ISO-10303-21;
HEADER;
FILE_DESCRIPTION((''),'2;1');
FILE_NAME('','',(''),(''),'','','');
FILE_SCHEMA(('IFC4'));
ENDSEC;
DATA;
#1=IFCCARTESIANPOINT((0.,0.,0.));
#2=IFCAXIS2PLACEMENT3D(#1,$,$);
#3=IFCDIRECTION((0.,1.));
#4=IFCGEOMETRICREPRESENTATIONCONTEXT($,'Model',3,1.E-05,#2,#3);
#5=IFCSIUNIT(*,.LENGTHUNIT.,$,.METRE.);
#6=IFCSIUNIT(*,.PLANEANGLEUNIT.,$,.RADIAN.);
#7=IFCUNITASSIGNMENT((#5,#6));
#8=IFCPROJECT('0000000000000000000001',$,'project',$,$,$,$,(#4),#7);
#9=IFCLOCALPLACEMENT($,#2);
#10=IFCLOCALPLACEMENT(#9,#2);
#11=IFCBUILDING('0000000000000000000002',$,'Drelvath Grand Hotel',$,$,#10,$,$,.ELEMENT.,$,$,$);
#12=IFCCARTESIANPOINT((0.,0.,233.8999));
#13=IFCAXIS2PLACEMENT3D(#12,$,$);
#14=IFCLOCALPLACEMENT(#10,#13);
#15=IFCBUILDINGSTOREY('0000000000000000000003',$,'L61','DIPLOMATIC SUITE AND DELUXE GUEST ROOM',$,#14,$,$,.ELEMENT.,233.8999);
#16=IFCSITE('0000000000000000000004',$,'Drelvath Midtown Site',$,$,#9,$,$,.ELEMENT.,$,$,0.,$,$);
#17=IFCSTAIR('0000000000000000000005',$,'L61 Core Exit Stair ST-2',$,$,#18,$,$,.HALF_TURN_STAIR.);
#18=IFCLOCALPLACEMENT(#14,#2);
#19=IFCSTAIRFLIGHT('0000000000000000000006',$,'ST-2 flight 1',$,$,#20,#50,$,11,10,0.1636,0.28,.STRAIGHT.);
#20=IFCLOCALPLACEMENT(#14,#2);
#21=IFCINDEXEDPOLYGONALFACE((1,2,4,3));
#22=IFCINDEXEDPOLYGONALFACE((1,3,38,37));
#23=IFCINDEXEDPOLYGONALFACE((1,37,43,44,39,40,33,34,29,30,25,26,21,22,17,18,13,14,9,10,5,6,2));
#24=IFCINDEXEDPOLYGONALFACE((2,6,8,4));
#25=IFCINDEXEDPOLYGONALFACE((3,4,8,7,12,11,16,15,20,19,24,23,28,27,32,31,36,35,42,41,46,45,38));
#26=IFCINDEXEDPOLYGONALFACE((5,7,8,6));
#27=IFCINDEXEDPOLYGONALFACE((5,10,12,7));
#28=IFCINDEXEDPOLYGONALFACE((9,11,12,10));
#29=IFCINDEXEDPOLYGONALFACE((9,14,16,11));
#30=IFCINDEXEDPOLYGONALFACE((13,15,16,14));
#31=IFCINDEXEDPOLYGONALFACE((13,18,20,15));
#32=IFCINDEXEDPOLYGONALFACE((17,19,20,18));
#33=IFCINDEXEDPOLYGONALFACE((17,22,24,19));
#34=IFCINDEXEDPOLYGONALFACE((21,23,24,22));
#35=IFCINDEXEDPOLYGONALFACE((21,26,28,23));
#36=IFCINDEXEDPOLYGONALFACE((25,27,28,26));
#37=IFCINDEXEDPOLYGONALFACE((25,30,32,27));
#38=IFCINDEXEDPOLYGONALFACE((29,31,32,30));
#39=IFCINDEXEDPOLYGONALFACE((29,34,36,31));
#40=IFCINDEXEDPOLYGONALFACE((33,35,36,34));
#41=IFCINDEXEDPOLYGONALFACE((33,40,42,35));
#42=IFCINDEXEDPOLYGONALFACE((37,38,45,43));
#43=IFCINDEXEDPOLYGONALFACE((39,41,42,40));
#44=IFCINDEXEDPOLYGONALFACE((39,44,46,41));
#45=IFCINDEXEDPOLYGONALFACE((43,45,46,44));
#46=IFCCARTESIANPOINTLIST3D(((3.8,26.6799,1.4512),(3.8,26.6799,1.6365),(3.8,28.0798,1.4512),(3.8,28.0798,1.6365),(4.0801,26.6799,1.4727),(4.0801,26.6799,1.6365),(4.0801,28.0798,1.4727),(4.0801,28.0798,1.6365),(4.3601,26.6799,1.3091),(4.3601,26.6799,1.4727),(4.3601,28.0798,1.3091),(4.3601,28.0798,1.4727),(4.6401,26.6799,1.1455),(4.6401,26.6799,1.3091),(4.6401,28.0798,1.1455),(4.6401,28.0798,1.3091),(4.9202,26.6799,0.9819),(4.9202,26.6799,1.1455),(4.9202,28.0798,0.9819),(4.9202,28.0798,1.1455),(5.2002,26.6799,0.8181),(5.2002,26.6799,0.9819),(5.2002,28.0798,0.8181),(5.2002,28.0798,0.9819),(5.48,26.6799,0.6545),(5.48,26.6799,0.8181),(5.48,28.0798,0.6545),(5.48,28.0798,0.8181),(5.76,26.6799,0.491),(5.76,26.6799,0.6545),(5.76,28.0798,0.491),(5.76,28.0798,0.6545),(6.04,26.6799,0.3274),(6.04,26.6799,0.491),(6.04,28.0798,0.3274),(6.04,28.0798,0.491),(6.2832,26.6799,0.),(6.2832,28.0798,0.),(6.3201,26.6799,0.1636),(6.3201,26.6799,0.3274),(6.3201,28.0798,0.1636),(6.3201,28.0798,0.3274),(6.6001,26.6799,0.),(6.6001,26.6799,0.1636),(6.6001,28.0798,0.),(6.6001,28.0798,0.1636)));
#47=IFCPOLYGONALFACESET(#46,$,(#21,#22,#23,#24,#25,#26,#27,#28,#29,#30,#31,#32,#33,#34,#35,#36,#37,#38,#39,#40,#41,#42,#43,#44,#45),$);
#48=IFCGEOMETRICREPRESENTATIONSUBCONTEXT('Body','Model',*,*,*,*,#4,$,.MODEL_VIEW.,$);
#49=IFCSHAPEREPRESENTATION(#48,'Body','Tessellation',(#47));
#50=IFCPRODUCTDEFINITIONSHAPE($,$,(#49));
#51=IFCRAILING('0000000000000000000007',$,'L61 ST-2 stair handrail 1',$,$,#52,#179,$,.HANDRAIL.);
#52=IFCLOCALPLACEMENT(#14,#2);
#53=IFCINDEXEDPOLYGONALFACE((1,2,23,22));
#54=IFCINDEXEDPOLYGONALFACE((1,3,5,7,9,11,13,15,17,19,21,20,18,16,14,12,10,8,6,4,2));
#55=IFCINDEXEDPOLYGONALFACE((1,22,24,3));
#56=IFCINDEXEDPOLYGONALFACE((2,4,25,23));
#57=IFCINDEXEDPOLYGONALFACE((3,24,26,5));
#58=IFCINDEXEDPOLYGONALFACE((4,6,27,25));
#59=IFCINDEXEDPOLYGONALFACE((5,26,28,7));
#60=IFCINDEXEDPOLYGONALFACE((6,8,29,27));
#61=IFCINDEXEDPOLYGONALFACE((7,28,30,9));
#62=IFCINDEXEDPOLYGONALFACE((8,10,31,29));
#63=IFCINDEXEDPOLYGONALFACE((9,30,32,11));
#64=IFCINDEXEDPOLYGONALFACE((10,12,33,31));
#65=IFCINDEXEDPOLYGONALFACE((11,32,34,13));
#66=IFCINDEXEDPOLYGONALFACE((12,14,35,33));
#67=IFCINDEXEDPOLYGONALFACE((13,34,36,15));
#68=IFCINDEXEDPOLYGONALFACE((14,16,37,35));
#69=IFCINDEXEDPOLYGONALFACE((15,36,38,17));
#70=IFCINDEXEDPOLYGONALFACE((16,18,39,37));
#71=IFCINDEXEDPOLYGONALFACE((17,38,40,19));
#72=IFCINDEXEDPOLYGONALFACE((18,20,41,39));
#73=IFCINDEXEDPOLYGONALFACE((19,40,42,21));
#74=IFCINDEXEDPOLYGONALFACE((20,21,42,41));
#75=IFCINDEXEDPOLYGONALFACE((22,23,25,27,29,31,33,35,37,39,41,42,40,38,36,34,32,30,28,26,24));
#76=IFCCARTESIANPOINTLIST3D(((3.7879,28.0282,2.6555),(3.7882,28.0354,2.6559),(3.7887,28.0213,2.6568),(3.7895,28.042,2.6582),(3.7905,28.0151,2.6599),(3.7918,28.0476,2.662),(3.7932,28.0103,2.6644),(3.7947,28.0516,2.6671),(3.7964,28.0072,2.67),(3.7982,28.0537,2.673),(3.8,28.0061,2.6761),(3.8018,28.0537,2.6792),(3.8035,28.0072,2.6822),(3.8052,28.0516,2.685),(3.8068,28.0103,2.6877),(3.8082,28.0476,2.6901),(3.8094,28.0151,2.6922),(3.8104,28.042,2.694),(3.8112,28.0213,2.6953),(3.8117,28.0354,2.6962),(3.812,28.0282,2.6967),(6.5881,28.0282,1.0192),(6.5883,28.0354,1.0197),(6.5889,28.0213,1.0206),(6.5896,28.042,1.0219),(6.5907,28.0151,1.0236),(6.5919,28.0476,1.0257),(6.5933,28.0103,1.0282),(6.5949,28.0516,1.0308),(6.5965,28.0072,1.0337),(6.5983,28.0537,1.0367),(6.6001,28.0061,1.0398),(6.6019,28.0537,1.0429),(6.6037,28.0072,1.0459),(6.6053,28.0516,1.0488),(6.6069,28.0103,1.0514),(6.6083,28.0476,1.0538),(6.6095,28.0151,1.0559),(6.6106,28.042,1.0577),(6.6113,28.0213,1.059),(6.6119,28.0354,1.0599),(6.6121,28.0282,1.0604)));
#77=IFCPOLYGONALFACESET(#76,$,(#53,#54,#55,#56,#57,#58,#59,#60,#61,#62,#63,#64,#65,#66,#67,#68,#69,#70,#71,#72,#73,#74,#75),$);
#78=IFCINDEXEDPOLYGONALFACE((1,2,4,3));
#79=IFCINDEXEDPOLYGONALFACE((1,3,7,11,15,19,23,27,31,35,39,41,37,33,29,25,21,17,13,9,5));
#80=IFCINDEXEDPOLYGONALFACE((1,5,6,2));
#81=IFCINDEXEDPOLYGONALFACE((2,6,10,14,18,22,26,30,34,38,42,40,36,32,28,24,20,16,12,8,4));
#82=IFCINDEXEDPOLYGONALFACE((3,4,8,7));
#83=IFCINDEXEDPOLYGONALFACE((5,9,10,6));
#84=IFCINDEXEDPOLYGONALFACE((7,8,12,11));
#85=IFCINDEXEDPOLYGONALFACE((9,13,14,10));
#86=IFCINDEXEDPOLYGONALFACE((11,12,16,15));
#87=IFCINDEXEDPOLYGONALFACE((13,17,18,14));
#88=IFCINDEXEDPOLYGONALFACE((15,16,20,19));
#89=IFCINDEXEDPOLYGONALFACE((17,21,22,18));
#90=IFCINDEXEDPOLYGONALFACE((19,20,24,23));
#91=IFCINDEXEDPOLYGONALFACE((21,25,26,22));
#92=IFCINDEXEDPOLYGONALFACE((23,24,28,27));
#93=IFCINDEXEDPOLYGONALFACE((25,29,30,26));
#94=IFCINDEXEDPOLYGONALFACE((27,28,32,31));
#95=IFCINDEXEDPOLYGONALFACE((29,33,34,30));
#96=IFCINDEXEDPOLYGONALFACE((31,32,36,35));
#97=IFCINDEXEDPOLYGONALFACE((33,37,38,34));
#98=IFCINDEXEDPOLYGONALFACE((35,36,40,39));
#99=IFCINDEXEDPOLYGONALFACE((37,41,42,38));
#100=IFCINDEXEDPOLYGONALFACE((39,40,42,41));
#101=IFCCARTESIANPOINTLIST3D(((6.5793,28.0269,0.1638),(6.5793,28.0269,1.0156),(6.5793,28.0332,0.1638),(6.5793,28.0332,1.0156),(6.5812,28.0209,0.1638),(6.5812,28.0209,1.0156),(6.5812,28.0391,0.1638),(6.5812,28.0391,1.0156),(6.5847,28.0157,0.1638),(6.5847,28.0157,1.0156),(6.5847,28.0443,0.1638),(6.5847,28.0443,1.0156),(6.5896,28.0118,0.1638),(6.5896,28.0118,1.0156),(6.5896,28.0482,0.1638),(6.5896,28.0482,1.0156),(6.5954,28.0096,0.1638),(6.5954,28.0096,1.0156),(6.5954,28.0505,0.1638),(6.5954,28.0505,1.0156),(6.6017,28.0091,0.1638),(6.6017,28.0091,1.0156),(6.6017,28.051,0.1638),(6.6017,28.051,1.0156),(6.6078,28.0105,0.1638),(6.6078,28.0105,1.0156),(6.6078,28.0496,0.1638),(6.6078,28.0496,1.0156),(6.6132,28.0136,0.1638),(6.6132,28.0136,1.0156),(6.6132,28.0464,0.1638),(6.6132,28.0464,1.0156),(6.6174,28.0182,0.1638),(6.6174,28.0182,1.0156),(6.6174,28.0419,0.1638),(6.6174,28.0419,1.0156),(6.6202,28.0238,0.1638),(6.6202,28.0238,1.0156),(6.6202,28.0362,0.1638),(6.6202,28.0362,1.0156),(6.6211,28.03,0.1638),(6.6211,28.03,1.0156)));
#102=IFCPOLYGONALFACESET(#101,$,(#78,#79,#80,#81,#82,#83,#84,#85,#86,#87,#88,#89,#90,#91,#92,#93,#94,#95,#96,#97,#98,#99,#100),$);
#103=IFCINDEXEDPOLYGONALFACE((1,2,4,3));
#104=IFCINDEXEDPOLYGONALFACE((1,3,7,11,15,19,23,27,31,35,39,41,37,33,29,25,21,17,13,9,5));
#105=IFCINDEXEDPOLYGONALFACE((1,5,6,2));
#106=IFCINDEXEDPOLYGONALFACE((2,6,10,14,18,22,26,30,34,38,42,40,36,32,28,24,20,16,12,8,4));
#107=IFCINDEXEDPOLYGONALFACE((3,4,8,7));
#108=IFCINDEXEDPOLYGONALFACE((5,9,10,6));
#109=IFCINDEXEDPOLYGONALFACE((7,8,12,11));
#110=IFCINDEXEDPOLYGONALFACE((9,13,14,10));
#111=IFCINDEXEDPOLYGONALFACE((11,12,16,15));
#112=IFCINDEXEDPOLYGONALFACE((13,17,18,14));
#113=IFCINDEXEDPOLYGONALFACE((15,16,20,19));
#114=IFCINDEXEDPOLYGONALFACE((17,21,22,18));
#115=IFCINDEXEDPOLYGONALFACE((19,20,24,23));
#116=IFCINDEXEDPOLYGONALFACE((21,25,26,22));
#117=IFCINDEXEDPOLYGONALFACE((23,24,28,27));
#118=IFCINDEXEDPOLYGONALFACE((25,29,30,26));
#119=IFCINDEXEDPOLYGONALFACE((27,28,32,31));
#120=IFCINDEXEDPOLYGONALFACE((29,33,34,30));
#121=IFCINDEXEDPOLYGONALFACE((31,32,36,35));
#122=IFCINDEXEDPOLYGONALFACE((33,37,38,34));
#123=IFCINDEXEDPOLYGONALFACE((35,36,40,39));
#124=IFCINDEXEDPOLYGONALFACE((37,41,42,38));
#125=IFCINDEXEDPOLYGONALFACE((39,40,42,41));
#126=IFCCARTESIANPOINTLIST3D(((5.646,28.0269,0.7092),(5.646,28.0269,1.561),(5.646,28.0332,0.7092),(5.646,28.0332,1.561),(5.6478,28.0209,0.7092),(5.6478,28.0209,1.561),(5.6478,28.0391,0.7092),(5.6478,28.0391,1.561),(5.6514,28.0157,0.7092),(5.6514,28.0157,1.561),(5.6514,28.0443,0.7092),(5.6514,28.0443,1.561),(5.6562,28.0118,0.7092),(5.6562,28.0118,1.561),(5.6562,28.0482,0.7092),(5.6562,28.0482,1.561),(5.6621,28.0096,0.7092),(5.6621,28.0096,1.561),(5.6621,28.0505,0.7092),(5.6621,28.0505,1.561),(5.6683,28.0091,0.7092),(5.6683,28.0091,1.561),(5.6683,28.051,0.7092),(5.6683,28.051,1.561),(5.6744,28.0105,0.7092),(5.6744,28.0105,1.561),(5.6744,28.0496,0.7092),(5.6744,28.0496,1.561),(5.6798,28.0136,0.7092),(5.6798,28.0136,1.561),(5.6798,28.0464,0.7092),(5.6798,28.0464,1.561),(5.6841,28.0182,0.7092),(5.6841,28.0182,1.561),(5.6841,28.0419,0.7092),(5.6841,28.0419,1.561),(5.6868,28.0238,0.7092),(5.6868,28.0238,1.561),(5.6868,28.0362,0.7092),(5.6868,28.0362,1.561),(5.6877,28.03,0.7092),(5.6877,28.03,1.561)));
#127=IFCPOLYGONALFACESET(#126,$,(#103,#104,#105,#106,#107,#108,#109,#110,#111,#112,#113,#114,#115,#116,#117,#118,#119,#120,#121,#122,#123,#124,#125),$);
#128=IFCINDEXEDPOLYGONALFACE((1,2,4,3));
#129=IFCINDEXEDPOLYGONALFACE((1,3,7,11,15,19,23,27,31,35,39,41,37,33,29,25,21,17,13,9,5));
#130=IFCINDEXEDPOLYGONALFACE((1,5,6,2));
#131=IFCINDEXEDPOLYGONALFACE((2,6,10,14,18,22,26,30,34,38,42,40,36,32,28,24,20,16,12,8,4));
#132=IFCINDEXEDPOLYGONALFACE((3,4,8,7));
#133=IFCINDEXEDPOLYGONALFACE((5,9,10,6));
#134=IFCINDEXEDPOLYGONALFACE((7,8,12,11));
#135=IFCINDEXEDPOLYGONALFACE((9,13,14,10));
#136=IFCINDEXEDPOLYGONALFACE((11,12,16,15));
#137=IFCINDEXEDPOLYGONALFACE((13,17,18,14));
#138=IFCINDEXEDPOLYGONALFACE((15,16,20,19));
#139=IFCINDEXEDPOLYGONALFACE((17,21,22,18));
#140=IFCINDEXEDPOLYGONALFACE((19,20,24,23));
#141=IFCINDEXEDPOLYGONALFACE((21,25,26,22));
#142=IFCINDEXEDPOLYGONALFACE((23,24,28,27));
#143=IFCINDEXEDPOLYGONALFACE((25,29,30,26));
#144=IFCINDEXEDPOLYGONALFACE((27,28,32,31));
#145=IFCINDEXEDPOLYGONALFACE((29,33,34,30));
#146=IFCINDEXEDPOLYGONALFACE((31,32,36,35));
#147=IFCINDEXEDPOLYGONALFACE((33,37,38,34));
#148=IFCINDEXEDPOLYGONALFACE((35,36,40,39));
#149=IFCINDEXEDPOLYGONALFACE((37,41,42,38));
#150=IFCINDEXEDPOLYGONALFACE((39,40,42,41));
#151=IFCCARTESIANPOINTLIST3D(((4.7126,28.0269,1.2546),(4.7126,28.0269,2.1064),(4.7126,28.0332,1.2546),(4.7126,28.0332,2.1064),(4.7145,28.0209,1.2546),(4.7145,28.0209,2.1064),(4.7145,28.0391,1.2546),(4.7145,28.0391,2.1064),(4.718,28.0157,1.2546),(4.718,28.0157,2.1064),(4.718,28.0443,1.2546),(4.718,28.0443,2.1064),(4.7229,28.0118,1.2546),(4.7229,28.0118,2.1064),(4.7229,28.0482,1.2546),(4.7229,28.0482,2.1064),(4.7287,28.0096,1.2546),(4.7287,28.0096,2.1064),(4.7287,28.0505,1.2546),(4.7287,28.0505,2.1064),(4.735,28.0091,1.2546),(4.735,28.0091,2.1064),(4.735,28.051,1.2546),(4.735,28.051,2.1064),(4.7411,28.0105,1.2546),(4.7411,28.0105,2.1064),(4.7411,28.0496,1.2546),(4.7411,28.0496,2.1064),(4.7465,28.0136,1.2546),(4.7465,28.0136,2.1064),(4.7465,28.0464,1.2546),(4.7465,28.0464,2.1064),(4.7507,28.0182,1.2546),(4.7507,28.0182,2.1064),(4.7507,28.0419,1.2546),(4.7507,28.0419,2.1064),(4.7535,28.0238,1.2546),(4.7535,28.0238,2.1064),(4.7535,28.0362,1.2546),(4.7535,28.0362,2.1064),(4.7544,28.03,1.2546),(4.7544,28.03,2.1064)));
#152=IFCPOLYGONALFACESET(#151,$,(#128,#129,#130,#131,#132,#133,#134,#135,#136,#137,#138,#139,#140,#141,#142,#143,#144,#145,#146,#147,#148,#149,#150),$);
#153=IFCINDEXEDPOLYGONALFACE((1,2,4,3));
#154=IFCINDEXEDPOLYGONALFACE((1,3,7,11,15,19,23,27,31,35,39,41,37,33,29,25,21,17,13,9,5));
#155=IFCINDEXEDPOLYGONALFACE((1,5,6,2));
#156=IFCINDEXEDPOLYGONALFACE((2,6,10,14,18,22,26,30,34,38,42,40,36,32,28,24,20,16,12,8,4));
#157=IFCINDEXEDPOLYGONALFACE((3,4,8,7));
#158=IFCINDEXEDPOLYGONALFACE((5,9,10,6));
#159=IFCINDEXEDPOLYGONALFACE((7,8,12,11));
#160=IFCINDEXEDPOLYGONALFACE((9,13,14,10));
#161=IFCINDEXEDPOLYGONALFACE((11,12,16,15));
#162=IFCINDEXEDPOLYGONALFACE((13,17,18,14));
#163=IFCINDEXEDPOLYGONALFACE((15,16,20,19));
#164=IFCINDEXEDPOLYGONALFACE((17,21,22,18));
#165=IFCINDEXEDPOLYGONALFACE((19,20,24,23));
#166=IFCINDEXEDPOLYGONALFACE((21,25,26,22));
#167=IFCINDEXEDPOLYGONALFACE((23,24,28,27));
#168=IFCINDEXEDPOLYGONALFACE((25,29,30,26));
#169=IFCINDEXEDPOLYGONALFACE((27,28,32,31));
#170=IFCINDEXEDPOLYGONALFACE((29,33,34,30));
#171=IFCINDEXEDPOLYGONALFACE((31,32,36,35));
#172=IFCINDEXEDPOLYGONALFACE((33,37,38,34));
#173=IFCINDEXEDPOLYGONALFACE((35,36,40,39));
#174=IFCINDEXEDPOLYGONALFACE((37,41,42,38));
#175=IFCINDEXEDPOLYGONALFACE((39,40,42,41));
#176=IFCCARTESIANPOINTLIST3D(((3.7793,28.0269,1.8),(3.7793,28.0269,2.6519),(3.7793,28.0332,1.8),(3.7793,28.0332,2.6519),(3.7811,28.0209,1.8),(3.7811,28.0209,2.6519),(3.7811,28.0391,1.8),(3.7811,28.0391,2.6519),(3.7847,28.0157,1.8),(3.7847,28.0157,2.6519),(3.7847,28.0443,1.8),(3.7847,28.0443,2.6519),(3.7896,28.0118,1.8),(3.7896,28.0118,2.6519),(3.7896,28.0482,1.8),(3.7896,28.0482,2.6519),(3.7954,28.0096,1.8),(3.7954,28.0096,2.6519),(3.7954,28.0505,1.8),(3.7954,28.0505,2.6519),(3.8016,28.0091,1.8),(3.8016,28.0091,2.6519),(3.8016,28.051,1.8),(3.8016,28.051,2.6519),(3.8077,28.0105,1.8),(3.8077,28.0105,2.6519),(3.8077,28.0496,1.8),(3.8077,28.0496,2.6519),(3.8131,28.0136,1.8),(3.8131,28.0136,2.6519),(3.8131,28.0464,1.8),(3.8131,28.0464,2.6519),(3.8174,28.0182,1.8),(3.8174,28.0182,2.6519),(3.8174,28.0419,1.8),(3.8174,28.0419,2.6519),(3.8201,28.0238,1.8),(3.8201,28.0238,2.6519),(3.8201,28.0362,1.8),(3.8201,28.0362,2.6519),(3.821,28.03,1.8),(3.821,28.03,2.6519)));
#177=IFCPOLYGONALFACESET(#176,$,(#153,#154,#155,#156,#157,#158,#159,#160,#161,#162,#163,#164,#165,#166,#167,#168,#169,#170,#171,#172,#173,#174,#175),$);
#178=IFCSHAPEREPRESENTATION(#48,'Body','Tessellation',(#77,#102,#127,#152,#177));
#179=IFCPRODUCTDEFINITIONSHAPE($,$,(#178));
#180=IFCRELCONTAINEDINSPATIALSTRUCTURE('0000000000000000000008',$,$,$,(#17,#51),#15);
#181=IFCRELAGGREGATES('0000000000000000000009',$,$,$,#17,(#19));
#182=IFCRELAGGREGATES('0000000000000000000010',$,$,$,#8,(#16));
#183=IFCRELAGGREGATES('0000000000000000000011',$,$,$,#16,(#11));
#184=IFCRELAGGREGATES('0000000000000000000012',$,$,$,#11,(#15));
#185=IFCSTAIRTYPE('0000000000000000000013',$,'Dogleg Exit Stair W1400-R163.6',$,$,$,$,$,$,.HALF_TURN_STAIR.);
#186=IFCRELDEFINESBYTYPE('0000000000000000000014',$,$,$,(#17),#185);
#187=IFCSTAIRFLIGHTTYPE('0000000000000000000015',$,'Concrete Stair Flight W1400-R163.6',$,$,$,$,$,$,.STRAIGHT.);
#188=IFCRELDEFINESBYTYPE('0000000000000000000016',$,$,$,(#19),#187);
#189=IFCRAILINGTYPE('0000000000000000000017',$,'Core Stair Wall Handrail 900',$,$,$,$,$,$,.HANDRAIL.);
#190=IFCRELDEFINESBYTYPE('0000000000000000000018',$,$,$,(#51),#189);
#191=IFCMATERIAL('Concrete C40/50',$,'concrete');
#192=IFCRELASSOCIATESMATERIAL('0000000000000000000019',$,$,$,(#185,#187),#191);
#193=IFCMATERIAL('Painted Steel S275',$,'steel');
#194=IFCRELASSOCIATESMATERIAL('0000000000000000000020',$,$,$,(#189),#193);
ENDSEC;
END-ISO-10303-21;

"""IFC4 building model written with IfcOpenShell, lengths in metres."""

from ifc_helpers import new_model, si_unit, direction, frame, origin, origin_2d, place, context, subcontext, project, spatial, polyline, circle, outline, extrude, material, type_object, element, aggregate, save


model = new_model("IFC4")

# Units and contexts
model_context = context("Model", 3, precision=1e-05, world=origin(), true_north=direction((0.0, 1.0)))
body_context = subcontext(model_context, "Body", "Model", "MODEL_VIEW")
ifc_project = project(units=[si_unit("LENGTHUNIT", "METRE"), si_unit("PLANEANGLEUNIT", "RADIAN")], contexts=[model_context])

# Site, building, storey
site_placement = place(None, origin())
site = spatial("IfcSite", under=ifc_project, at=site_placement, Name="Drelvath Midtown Site", CompositionType="ELEMENT", RefElevation=0.0)
building_placement = place(site_placement, origin())
building = spatial("IfcBuilding", under=site, at=building_placement, Name="Drelvath Grand Hotel", CompositionType="ELEMENT")
storey_placement = place(building_placement, frame((0.0, 0.0, 233.8999)))
storey = spatial("IfcBuildingStorey", under=building, at=storey_placement, Name="L61", Description="DIPLOMATIC SUITE AND DELUXE GUEST ROOM", CompositionType="ELEMENT", Elevation=233.8999)

# Shared definitions
ifc_material_1 = material(Name="Concrete C40/50", Category="concrete")

# Shared definitions
ifc_material_2 = material(Name="Painted Steel S275", Category="steel")

# Stair, stair flight
stair_type = type_object("IfcStairType", Name="Dogleg Exit Stair W1400-R163.6", PredefinedType="HALF_TURN_STAIR", material=ifc_material_1)
stair_placement = place(storey_placement, origin())
stair = element("IfcStair", 1, at=stair_placement, inside=storey, type_object=stair_type, Name="L61 Core Exit Stair ST-2", PredefinedType="HALF_TURN_STAIR")
stair_flight_type = type_object("IfcStairFlightType", Name="Concrete Stair Flight W1400-R163.6", PredefinedType="STRAIGHT", material=ifc_material_1)
stair_flight_placement = place(storey_placement, frame((6.6001, 27.3799, 0.0), z_axis=(0.0, 0.0, 1.0), x_axis=(-1.0, 0.0, 0.0)))
stair_flight = element("IfcStairFlight", 2, at=stair_flight_placement, type_object=stair_flight_type, Name="ST-2 flight 1", NumberOfRisers=11, NumberOfTreads=10, PredefinedType="STRAIGHT", RiserHeight=0.1636, TreadLength=0.28, context=body_context, shape_type="SweptSolid", body=[
    extrude(outline(polyline([(0.0, 0.0), (0.0, 0.1636), (0.28, 0.1636), (0.28, 0.3274), (0.5601, 0.3274), (0.5601, 0.491), (0.8401, 0.491), (0.8401, 0.6545), (1.1201, 0.6545), (1.1201, 0.8181), (1.3999, 0.8181), (1.3999, 0.9819), (1.6799, 0.9819), (1.6799, 1.1455), (1.96, 1.1455), (1.96, 1.3091), (2.24, 1.3091), (2.24, 1.4727), (2.52, 1.4727), (2.52, 1.6365), (2.8, 1.6365), (2.8, 1.8), (2.8, 1.4512), (0.3169, 0.0), (0.0, 0.0)])), frame((0.0, 0.7, 0.0), z_axis=(0.0, -1.0, 0.0), x_axis=(1.0, 0.0, 0.0)), (0.0, 0.0, 1.0), 1.3999),
])
aggregate(stair, [stair_flight])

# Railing
railing_type = type_object("IfcRailingType", Name="Core Stair Wall Handrail 900", PredefinedType="HANDRAIL", material=ifc_material_2)
railing_placement = place(storey_placement, frame((6.6001, 28.03, 0.1638)))
element("IfcRailing", 3, at=railing_placement, inside=storey, type_object=railing_type, Name="L61 ST-2 stair handrail 1", PredefinedType="HANDRAIL", context=body_context, shape_type="SweptSolid", body=[
    extrude(circle(Radius=0.0239, at=origin_2d()), frame((0.0, 0.0, 0.876), z_axis=(-0.863394, 0.0, 0.504531), x_axis=(0.0, -1.0, 0.0)), (0.0, 0.0, 1.0), 3.2432),
    extrude(circle(Radius=0.021, at=origin_2d()), origin(), (0.0, 0.0, 1.0), 0.8518),
    extrude(circle(Radius=0.021, at=origin_2d()), frame((-0.9333, 0.0, 0.5454)), (0.0, 0.0, 1.0), 0.8518),
    extrude(circle(Radius=0.021, at=origin_2d()), frame((-1.8667, 0.0, 1.0908)), (0.0, 0.0, 1.0), 0.8518),
    extrude(circle(Radius=0.021, at=origin_2d()), frame((-2.8, 0.0, 1.6362)), (0.0, 0.0, 1.0), 0.8518),
])

save(model, "model.ifc")
